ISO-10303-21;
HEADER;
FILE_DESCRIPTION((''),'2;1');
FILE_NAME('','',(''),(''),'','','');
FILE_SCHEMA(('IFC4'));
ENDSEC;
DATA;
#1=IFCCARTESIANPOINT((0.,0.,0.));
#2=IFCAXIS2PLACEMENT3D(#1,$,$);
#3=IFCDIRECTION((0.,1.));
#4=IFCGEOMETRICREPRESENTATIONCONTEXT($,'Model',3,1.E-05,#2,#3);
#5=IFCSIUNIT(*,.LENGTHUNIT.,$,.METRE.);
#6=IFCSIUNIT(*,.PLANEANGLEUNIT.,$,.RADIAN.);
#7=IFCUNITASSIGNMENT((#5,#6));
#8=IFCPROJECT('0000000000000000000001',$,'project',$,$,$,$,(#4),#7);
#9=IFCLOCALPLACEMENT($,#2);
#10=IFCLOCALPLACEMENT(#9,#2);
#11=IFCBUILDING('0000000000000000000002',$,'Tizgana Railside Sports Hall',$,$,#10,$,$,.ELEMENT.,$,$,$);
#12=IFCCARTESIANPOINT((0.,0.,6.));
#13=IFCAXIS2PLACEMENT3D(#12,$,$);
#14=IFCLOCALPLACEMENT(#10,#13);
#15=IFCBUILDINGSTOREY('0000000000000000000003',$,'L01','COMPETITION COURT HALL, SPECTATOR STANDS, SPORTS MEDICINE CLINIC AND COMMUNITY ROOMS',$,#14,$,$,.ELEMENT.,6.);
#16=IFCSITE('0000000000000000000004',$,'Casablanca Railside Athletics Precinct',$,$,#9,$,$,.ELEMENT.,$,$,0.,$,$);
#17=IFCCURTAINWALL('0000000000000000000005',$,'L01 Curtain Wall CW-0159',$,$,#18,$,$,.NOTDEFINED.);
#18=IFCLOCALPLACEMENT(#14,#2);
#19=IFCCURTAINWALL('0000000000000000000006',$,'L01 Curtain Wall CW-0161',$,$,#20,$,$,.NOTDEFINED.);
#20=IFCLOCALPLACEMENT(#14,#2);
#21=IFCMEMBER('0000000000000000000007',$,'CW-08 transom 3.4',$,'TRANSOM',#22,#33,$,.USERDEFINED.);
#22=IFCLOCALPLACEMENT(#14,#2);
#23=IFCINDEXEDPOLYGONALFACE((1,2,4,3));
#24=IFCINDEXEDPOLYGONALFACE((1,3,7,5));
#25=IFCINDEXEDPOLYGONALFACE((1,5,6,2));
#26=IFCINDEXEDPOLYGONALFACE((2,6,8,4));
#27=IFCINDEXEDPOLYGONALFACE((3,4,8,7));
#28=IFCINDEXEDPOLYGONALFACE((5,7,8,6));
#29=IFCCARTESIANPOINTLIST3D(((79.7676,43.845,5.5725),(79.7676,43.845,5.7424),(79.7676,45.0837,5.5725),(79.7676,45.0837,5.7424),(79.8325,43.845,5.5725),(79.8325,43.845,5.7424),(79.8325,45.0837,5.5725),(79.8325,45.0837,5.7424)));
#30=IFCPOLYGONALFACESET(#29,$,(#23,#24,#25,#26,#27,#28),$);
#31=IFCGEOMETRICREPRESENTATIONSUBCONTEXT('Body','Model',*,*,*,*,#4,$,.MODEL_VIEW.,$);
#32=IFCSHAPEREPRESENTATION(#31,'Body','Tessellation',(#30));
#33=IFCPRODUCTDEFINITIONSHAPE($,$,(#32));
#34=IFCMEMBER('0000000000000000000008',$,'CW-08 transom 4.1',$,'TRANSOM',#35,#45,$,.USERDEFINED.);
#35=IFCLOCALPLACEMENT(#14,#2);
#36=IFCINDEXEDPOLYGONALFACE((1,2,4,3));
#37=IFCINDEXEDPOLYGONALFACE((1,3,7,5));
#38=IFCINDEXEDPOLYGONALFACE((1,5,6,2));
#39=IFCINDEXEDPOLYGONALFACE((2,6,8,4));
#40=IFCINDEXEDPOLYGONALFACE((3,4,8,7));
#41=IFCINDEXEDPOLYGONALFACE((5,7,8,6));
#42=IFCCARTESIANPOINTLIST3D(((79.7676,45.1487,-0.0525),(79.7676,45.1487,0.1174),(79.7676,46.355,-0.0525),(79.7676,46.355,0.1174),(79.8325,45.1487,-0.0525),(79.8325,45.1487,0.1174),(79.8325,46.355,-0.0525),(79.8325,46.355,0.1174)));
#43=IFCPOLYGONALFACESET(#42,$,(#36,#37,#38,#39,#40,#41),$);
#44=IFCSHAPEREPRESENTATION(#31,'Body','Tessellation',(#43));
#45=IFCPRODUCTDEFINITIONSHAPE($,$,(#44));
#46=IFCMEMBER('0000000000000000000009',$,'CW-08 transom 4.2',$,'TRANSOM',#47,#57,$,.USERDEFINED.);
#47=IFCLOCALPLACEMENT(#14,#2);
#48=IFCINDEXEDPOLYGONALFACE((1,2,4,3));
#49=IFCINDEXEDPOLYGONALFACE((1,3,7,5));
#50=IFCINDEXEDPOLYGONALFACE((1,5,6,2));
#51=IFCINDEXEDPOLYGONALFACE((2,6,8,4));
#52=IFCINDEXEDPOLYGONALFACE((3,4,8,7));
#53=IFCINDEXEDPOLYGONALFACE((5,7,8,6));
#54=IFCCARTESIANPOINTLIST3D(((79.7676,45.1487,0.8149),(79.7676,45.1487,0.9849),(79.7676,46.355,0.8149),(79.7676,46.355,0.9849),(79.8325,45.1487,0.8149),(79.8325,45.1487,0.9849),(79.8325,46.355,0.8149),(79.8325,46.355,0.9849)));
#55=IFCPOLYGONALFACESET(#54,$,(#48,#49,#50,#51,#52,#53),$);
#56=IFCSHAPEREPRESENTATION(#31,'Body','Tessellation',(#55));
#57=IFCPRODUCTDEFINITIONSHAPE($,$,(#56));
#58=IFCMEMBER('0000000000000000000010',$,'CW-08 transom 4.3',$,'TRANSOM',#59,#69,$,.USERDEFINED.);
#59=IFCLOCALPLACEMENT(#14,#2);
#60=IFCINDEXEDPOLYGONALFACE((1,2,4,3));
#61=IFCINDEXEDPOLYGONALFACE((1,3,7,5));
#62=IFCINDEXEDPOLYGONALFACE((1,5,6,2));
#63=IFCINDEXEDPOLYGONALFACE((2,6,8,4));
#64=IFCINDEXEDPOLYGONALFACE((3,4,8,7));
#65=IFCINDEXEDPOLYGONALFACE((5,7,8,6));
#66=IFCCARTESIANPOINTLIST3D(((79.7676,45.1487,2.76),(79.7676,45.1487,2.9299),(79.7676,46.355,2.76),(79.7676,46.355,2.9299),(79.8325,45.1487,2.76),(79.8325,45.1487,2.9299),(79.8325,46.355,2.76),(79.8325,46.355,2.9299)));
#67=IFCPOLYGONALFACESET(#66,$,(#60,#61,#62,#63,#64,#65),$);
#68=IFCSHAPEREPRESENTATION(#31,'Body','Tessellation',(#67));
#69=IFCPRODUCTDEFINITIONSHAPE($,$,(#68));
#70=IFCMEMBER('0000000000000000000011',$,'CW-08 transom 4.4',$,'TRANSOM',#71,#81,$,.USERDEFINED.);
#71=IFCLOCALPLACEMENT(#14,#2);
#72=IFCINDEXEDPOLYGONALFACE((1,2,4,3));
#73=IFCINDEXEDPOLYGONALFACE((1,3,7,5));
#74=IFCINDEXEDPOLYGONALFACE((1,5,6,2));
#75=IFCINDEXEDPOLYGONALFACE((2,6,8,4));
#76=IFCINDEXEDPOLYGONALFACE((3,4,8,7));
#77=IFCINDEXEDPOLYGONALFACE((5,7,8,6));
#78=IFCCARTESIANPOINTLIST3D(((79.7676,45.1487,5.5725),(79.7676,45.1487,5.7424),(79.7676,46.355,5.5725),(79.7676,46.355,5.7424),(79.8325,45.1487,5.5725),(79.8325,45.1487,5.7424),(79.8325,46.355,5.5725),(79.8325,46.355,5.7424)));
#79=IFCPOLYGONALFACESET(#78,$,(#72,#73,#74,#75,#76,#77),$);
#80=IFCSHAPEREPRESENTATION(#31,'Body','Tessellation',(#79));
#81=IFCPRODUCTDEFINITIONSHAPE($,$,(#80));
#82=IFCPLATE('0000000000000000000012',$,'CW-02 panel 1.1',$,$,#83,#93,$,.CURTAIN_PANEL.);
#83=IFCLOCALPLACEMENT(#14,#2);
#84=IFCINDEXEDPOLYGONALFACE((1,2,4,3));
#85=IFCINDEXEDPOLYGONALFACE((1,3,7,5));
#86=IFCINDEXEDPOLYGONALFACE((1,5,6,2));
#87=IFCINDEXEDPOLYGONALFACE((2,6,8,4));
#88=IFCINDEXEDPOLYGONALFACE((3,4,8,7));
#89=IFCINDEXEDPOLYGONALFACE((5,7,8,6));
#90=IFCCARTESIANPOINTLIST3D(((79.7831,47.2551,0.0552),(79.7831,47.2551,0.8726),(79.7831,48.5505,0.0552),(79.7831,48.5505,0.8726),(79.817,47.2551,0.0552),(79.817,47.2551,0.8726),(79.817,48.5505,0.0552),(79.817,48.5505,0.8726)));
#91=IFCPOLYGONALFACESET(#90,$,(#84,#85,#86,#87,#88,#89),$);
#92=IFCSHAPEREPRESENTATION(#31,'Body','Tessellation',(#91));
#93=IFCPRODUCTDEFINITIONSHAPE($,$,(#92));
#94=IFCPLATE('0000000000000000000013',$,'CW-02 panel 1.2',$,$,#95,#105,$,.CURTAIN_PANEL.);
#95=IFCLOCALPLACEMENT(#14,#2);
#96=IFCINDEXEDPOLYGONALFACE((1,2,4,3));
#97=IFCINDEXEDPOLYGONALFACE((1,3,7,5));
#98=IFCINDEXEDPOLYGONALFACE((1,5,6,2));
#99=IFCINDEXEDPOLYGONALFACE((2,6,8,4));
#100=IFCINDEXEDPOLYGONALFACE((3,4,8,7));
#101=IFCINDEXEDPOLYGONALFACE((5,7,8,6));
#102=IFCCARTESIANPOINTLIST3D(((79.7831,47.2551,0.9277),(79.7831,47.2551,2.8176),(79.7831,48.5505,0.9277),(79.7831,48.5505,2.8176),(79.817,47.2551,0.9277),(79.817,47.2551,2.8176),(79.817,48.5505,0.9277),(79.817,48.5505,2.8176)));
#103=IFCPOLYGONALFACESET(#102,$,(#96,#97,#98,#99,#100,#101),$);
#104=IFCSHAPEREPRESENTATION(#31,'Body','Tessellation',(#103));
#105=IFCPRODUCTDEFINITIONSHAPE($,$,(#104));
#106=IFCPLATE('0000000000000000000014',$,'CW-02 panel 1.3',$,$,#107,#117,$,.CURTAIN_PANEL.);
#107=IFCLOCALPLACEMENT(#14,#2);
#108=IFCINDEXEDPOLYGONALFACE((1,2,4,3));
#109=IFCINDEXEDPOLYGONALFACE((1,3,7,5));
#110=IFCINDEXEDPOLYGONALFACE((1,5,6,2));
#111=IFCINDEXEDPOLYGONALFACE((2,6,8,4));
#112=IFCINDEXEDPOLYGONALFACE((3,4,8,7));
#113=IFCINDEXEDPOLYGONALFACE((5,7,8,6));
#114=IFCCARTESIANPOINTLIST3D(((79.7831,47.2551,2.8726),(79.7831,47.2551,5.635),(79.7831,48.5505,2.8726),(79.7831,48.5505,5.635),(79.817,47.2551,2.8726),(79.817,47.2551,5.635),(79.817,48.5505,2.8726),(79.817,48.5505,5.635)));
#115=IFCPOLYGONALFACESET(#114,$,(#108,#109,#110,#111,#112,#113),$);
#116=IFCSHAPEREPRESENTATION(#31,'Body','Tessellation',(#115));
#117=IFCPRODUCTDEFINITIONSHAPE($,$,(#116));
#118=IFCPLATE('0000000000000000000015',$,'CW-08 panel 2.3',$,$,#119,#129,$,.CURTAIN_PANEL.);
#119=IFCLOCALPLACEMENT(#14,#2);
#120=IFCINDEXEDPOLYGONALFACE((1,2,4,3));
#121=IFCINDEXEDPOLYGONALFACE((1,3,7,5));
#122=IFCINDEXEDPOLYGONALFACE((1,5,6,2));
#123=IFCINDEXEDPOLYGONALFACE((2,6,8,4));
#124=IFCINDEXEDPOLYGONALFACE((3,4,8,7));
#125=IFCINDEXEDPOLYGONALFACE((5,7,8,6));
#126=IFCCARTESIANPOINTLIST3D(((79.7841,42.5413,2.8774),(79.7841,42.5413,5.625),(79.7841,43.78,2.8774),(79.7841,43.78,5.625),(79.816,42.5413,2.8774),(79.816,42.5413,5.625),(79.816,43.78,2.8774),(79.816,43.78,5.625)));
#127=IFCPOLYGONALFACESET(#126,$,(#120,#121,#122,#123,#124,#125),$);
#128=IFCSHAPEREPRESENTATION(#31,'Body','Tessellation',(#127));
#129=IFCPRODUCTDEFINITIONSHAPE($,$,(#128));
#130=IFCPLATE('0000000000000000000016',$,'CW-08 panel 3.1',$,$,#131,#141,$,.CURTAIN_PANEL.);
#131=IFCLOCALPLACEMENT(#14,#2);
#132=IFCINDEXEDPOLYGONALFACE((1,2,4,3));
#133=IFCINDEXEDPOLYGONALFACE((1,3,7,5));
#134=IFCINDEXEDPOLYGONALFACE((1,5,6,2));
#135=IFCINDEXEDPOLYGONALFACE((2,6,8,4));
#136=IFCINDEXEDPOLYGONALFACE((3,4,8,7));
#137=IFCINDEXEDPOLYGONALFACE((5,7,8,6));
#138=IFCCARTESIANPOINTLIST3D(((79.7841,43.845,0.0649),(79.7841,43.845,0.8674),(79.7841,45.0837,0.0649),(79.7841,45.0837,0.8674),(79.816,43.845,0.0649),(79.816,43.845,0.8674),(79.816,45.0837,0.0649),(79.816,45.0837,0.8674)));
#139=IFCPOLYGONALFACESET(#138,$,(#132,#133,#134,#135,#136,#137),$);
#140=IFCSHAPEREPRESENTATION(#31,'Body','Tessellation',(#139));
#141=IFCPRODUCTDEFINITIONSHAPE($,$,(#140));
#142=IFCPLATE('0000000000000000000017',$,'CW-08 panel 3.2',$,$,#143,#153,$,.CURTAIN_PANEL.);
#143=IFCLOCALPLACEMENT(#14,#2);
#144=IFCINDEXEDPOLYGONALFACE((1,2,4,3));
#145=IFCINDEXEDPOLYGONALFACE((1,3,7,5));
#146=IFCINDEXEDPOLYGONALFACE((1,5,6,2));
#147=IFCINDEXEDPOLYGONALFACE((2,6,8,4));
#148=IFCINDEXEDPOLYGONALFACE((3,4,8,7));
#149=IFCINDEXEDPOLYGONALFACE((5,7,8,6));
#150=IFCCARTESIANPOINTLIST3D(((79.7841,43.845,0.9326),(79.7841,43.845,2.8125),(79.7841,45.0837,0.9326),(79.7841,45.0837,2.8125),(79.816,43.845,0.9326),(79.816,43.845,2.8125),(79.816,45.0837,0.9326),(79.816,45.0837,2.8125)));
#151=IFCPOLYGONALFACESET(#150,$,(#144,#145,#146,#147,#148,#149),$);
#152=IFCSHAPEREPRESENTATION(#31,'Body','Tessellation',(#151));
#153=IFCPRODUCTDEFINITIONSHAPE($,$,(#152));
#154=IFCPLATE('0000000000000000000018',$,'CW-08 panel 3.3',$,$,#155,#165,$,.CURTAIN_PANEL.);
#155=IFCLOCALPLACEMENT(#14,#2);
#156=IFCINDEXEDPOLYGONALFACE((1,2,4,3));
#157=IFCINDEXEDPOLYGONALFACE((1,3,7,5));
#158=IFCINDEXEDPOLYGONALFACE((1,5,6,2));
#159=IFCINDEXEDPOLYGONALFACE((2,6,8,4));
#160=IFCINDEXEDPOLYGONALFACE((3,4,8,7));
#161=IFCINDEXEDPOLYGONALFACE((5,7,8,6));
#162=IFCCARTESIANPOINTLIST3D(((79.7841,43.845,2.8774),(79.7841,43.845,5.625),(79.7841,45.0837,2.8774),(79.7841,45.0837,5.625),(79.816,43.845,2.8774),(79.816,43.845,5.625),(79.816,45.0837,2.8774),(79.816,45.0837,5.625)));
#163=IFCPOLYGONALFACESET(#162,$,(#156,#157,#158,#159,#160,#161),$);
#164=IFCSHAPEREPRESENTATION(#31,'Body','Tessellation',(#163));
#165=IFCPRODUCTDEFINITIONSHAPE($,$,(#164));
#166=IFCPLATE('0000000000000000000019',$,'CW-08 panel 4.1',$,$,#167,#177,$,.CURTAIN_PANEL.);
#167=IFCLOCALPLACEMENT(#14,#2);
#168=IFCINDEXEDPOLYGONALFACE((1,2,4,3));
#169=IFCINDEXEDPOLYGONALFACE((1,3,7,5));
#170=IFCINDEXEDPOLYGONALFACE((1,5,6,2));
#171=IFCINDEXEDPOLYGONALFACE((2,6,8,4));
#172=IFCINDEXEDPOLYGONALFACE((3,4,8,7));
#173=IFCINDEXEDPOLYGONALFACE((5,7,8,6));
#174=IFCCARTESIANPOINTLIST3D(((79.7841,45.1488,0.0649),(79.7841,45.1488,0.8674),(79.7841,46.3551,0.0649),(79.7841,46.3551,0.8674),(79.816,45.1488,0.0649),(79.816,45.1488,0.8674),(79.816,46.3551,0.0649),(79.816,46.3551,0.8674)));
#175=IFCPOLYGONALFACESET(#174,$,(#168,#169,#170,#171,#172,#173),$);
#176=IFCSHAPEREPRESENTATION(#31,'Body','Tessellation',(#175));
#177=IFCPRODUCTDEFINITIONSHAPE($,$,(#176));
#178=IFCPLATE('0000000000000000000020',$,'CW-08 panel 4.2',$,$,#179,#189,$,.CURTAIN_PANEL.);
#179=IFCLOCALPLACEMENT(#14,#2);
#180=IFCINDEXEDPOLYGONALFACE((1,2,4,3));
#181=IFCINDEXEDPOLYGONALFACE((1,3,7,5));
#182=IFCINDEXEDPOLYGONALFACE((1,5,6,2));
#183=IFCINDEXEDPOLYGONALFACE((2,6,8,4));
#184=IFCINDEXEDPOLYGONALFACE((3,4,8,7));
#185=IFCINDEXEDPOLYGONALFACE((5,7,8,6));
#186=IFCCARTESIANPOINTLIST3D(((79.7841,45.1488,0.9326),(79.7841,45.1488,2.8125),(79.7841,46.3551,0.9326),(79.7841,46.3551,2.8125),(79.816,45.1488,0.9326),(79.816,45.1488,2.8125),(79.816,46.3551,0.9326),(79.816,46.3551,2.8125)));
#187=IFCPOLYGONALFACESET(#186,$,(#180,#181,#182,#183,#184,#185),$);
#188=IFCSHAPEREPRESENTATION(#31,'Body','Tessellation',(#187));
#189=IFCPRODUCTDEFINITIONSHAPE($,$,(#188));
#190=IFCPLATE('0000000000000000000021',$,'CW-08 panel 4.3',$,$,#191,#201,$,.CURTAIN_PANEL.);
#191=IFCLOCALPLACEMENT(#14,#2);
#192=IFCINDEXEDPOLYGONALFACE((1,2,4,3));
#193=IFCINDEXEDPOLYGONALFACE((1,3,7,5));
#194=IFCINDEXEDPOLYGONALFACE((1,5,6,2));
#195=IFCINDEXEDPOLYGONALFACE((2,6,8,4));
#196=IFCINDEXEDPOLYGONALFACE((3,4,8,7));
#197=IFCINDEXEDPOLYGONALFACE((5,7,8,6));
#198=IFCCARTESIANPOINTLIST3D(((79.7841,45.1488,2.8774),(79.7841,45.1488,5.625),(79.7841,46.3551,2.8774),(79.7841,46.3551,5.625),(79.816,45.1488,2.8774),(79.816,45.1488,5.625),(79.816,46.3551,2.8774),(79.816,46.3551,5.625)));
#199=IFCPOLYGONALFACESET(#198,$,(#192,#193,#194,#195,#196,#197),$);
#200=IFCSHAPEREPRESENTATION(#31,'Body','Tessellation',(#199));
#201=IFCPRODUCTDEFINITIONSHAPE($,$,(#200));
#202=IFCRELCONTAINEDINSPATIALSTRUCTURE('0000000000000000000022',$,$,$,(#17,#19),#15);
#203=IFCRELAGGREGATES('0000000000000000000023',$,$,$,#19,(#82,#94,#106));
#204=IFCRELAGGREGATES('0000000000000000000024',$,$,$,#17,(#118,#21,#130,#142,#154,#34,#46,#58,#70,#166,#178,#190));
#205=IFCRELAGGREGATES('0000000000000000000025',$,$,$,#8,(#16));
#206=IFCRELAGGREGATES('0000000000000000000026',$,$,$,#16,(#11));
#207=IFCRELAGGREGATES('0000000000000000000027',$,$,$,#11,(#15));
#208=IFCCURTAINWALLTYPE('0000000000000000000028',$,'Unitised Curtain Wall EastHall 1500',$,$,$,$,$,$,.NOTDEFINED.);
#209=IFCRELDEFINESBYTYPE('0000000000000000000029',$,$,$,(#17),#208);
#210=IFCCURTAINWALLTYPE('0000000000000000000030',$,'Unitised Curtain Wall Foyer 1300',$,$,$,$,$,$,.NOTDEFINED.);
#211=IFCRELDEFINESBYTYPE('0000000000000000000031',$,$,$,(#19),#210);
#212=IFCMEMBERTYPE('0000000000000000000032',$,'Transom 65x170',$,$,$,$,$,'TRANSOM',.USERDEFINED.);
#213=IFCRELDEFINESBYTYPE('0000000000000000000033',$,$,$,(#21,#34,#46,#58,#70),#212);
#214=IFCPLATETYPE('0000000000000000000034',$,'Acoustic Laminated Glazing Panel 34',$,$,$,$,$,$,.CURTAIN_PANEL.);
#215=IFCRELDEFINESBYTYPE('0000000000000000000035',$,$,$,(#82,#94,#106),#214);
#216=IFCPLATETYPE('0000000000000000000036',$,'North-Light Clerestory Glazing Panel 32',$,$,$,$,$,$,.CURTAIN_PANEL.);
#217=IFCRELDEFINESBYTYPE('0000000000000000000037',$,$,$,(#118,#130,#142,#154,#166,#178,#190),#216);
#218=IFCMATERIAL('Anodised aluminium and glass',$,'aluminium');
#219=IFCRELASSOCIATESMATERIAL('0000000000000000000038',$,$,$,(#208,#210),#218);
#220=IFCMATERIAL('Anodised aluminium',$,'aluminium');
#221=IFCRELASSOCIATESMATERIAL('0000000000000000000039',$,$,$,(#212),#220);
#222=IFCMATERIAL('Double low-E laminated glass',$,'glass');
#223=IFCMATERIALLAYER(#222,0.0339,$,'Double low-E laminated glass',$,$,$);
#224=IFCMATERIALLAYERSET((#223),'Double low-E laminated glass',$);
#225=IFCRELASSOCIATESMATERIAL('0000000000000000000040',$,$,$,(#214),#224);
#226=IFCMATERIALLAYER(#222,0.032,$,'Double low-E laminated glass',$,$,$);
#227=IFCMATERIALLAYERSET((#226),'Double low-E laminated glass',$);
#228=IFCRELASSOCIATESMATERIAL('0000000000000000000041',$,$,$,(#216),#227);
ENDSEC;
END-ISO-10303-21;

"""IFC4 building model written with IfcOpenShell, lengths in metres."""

from ifc_helpers import new_model, si_unit, direction, frame, origin, origin_2d, place, context, subcontext, project, spatial, rectangle, extrude, material, layer, layer_set, material_profile, profile_set, type_object, element, aggregate, save


model = new_model("IFC4")

# Units and contexts
model_context = context("Model", 3, precision=1e-05, world=origin(), true_north=direction((0.0, 1.0)))
body_context = subcontext(model_context, "Body", "Model", "MODEL_VIEW")
ifc_project = project(units=[si_unit("LENGTHUNIT", "METRE"), si_unit("PLANEANGLEUNIT", "RADIAN")], contexts=[model_context])

# Site, building, storey
site_placement = place(None, origin())
site = spatial("IfcSite", under=ifc_project, at=site_placement, Name="Casablanca Railside Athletics Precinct", CompositionType="ELEMENT", RefElevation=0.0)
building_placement = place(site_placement, origin())
building = spatial("IfcBuilding", under=site, at=building_placement, Name="Tizgana Railside Sports Hall", CompositionType="ELEMENT")
storey_placement = place(building_placement, frame((0.0, 0.0, 6.0)))
storey = spatial("IfcBuildingStorey", under=building, at=storey_placement, Name="L01", Description="COMPETITION COURT HALL, SPECTATOR STANDS, SPORTS MEDICINE CLINIC AND COMMUNITY ROOMS", CompositionType="ELEMENT", Elevation=6.0)

# Curtain walls
ifc_material_1 = material(Name="Anodised aluminium and glass", Category="aluminium")
curtain_wall_type_1 = type_object("IfcCurtainWallType", Name="Unitised Curtain Wall EastHall 1500", PredefinedType="NOTDEFINED", material=ifc_material_1)
curtain_wall_1_placement = place(storey_placement, origin())
curtain_wall_1 = element("IfcCurtainWall", 1, at=curtain_wall_1_placement, inside=storey, type_object=curtain_wall_type_1, Name="L01 Curtain Wall CW-0159", PredefinedType="NOTDEFINED")
ifc_material_2 = material(Name="Anodised aluminium", Category="aluminium")
curtain_wall_type_2 = type_object("IfcCurtainWallType", Name="Unitised Curtain Wall Foyer 1300", PredefinedType="NOTDEFINED", material=ifc_material_1)
curtain_wall_2_placement = place(storey_placement, origin())
curtain_wall_2 = element("IfcCurtainWall", 2, at=curtain_wall_2_placement, inside=storey, type_object=curtain_wall_type_2, Name="L01 Curtain Wall CW-0161", PredefinedType="NOTDEFINED")

# Members
ifc_material_profile_1 = material_profile(ifc_material_2, rectangle(XDim=0.0649, YDim=0.1699, at=origin_2d()), Name="Transom 65x170")
ifc_profile_set_1 = profile_set([ifc_material_profile_1], Name="Anodised aluminium")
member_type_1 = type_object("IfcMemberType", Name="Transom 65x170", ElementType="TRANSOM", PredefinedType="USERDEFINED", material=ifc_profile_set_1)
member_1_placement = place(storey_placement, frame((79.8, 43.845, 5.6575), z_axis=(0.0, 1.0, 0.0), x_axis=(-1.0, 0.0, 0.0)))
member_1 = element("IfcMember", 3, at=member_1_placement, type_object=member_type_1, Name="CW-08 transom 3.4", ObjectType="TRANSOM", PredefinedType="USERDEFINED", context=body_context, shape_type="SweptSolid", body=[
    extrude(rectangle(XDim=0.0649, YDim=0.1699, at=origin_2d()), origin(), (0.0, 0.0, 1.0), 1.2388),
])
member_2_placement = place(storey_placement, frame((79.8, 45.1487, 0.0325), z_axis=(0.0, 1.0, 0.0), x_axis=(-1.0, 0.0, 0.0)))
member_2 = element("IfcMember", 4, at=member_2_placement, type_object=member_type_1, Name="CW-08 transom 4.1", ObjectType="TRANSOM", PredefinedType="USERDEFINED", context=body_context, shape_type="SweptSolid", body=[
    extrude(rectangle(XDim=0.0649, YDim=0.1699, at=origin_2d()), origin(), (0.0, 0.0, 1.0), 1.2063),
])
member_3_placement = place(storey_placement, frame((79.8, 45.1487, 0.8999), z_axis=(0.0, 1.0, 0.0), x_axis=(-1.0, 0.0, 0.0)))
member_3 = element("IfcMember", 5, at=member_3_placement, type_object=member_type_1, Name="CW-08 transom 4.2", ObjectType="TRANSOM", PredefinedType="USERDEFINED", context=body_context, shape_type="SweptSolid", body=[
    extrude(rectangle(XDim=0.0649, YDim=0.1699, at=origin_2d()), origin(), (0.0, 0.0, 1.0), 1.2063),
])
member_4_placement = place(storey_placement, frame((79.8, 45.1487, 2.845), z_axis=(0.0, 1.0, 0.0), x_axis=(-1.0, 0.0, 0.0)))
member_4 = element("IfcMember", 6, at=member_4_placement, type_object=member_type_1, Name="CW-08 transom 4.3", ObjectType="TRANSOM", PredefinedType="USERDEFINED", context=body_context, shape_type="SweptSolid", body=[
    extrude(rectangle(XDim=0.0649, YDim=0.1699, at=origin_2d()), origin(), (0.0, 0.0, 1.0), 1.2063),
])
member_5_placement = place(storey_placement, frame((79.8, 45.1487, 5.6575), z_axis=(0.0, 1.0, 0.0), x_axis=(-1.0, 0.0, 0.0)))
member_5 = element("IfcMember", 7, at=member_5_placement, type_object=member_type_1, Name="CW-08 transom 4.4", ObjectType="TRANSOM", PredefinedType="USERDEFINED", context=body_context, shape_type="SweptSolid", body=[
    extrude(rectangle(XDim=0.0649, YDim=0.1699, at=origin_2d()), origin(), (0.0, 0.0, 1.0), 1.2063),
])

# Plates
ifc_material_3 = material(Name="Double low-E laminated glass", Category="glass")
ifc_layer_1 = layer(ifc_material_3, 0.0339, Name="Double low-E laminated glass")
ifc_layer_set_1 = layer_set([ifc_layer_1], Name="Double low-E laminated glass")
plate_type_1 = type_object("IfcPlateType", Name="Acoustic Laminated Glazing Panel 34", PredefinedType="CURTAIN_PANEL", material=ifc_layer_set_1)
plate_1_placement = place(storey_placement, frame((79.8, 47.9028, 0.0552), z_axis=(0.0, 0.0, 1.0), x_axis=(0.0, 1.0, 0.0)))
plate_1 = element("IfcPlate", 8, at=plate_1_placement, type_object=plate_type_1, Name="CW-02 panel 1.1", PredefinedType="CURTAIN_PANEL", context=body_context, shape_type="SweptSolid", body=[
    extrude(rectangle(XDim=1.2954, YDim=0.0339, at=origin_2d()), origin(), (0.0, 0.0, 1.0), 0.8174),
])
plate_2_placement = place(storey_placement, frame((79.8, 47.9028, 0.9277), z_axis=(0.0, 0.0, 1.0), x_axis=(0.0, 1.0, 0.0)))
plate_2 = element("IfcPlate", 9, at=plate_2_placement, type_object=plate_type_1, Name="CW-02 panel 1.2", PredefinedType="CURTAIN_PANEL", context=body_context, shape_type="SweptSolid", body=[
    extrude(rectangle(XDim=1.2954, YDim=0.0339, at=origin_2d()), origin(), (0.0, 0.0, 1.0), 1.8899),
])
plate_3_placement = place(storey_placement, frame((79.8, 47.9028, 2.8726), z_axis=(0.0, 0.0, 1.0), x_axis=(0.0, 1.0, 0.0)))
plate_3 = element("IfcPlate", 10, at=plate_3_placement, type_object=plate_type_1, Name="CW-02 panel 1.3", PredefinedType="CURTAIN_PANEL", context=body_context, shape_type="SweptSolid", body=[
    extrude(rectangle(XDim=1.2954, YDim=0.0339, at=origin_2d()), origin(), (0.0, 0.0, 1.0), 2.7625),
])
aggregate(curtain_wall_2, [plate_1, plate_2, plate_3])
ifc_layer_2 = layer(ifc_material_3, 0.032, Name="Double low-E laminated glass")
ifc_layer_set_2 = layer_set([ifc_layer_2], Name="Double low-E laminated glass")
plate_type_2 = type_object("IfcPlateType", Name="North-Light Clerestory Glazing Panel 32", PredefinedType="CURTAIN_PANEL", material=ifc_layer_set_2)
plate_4_placement = place(storey_placement, frame((79.8, 43.1606, 2.8774), z_axis=(0.0, 0.0, 1.0), x_axis=(0.0, 1.0, 0.0)))
plate_4 = element("IfcPlate", 11, at=plate_4_placement, type_object=plate_type_2, Name="CW-08 panel 2.3", PredefinedType="CURTAIN_PANEL", context=body_context, shape_type="SweptSolid", body=[
    extrude(rectangle(XDim=1.2388, YDim=0.032, at=origin_2d()), origin(), (0.0, 0.0, 1.0), 2.7476),
])
plate_5_placement = place(storey_placement, frame((79.8, 44.4644, 0.0649), z_axis=(0.0, 0.0, 1.0), x_axis=(0.0, 1.0, 0.0)))
plate_5 = element("IfcPlate", 12, at=plate_5_placement, type_object=plate_type_2, Name="CW-08 panel 3.1", PredefinedType="CURTAIN_PANEL", context=body_context, shape_type="SweptSolid", body=[
    extrude(rectangle(XDim=1.2388, YDim=0.032, at=origin_2d()), origin(), (0.0, 0.0, 1.0), 0.8025),
])
plate_6_placement = place(storey_placement, frame((79.8, 44.4644, 0.9326), z_axis=(0.0, 0.0, 1.0), x_axis=(0.0, 1.0, 0.0)))
plate_6 = element("IfcPlate", 13, at=plate_6_placement, type_object=plate_type_2, Name="CW-08 panel 3.2", PredefinedType="CURTAIN_PANEL", context=body_context, shape_type="SweptSolid", body=[
    extrude(rectangle(XDim=1.2388, YDim=0.032, at=origin_2d()), origin(), (0.0, 0.0, 1.0), 1.8799),
])
plate_7_placement = place(storey_placement, frame((79.8, 44.4644, 2.8774), z_axis=(0.0, 0.0, 1.0), x_axis=(0.0, 1.0, 0.0)))
plate_7 = element("IfcPlate", 14, at=plate_7_placement, type_object=plate_type_2, Name="CW-08 panel 3.3", PredefinedType="CURTAIN_PANEL", context=body_context, shape_type="SweptSolid", body=[
    extrude(rectangle(XDim=1.2388, YDim=0.032, at=origin_2d()), origin(), (0.0, 0.0, 1.0), 2.7476),
])
plate_8_placement = place(storey_placement, frame((79.8, 45.752, 0.0649), z_axis=(0.0, 0.0, 1.0), x_axis=(0.0, 1.0, 0.0)))
plate_8 = element("IfcPlate", 15, at=plate_8_placement, type_object=plate_type_2, Name="CW-08 panel 4.1", PredefinedType="CURTAIN_PANEL", context=body_context, shape_type="SweptSolid", body=[
    extrude(rectangle(XDim=1.2063, YDim=0.032, at=origin_2d()), origin(), (0.0, 0.0, 1.0), 0.8025),
])
plate_9_placement = place(storey_placement, frame((79.8, 45.752, 0.9326), z_axis=(0.0, 0.0, 1.0), x_axis=(0.0, 1.0, 0.0)))
plate_9 = element("IfcPlate", 16, at=plate_9_placement, type_object=plate_type_2, Name="CW-08 panel 4.2", PredefinedType="CURTAIN_PANEL", context=body_context, shape_type="SweptSolid", body=[
    extrude(rectangle(XDim=1.2063, YDim=0.032, at=origin_2d()), origin(), (0.0, 0.0, 1.0), 1.8799),
])
plate_10_placement = place(storey_placement, frame((79.8, 45.752, 2.8774), z_axis=(0.0, 0.0, 1.0), x_axis=(0.0, 1.0, 0.0)))
plate_10 = element("IfcPlate", 17, at=plate_10_placement, type_object=plate_type_2, Name="CW-08 panel 4.3", PredefinedType="CURTAIN_PANEL", context=body_context, shape_type="SweptSolid", body=[
    extrude(rectangle(XDim=1.2063, YDim=0.032, at=origin_2d()), origin(), (0.0, 0.0, 1.0), 2.7476),
])
aggregate(curtain_wall_1, [plate_4, member_1, plate_5, plate_6, plate_7, member_2, member_3, member_4, member_5, plate_8, plate_9, plate_10])

save(model, "model.ifc")
